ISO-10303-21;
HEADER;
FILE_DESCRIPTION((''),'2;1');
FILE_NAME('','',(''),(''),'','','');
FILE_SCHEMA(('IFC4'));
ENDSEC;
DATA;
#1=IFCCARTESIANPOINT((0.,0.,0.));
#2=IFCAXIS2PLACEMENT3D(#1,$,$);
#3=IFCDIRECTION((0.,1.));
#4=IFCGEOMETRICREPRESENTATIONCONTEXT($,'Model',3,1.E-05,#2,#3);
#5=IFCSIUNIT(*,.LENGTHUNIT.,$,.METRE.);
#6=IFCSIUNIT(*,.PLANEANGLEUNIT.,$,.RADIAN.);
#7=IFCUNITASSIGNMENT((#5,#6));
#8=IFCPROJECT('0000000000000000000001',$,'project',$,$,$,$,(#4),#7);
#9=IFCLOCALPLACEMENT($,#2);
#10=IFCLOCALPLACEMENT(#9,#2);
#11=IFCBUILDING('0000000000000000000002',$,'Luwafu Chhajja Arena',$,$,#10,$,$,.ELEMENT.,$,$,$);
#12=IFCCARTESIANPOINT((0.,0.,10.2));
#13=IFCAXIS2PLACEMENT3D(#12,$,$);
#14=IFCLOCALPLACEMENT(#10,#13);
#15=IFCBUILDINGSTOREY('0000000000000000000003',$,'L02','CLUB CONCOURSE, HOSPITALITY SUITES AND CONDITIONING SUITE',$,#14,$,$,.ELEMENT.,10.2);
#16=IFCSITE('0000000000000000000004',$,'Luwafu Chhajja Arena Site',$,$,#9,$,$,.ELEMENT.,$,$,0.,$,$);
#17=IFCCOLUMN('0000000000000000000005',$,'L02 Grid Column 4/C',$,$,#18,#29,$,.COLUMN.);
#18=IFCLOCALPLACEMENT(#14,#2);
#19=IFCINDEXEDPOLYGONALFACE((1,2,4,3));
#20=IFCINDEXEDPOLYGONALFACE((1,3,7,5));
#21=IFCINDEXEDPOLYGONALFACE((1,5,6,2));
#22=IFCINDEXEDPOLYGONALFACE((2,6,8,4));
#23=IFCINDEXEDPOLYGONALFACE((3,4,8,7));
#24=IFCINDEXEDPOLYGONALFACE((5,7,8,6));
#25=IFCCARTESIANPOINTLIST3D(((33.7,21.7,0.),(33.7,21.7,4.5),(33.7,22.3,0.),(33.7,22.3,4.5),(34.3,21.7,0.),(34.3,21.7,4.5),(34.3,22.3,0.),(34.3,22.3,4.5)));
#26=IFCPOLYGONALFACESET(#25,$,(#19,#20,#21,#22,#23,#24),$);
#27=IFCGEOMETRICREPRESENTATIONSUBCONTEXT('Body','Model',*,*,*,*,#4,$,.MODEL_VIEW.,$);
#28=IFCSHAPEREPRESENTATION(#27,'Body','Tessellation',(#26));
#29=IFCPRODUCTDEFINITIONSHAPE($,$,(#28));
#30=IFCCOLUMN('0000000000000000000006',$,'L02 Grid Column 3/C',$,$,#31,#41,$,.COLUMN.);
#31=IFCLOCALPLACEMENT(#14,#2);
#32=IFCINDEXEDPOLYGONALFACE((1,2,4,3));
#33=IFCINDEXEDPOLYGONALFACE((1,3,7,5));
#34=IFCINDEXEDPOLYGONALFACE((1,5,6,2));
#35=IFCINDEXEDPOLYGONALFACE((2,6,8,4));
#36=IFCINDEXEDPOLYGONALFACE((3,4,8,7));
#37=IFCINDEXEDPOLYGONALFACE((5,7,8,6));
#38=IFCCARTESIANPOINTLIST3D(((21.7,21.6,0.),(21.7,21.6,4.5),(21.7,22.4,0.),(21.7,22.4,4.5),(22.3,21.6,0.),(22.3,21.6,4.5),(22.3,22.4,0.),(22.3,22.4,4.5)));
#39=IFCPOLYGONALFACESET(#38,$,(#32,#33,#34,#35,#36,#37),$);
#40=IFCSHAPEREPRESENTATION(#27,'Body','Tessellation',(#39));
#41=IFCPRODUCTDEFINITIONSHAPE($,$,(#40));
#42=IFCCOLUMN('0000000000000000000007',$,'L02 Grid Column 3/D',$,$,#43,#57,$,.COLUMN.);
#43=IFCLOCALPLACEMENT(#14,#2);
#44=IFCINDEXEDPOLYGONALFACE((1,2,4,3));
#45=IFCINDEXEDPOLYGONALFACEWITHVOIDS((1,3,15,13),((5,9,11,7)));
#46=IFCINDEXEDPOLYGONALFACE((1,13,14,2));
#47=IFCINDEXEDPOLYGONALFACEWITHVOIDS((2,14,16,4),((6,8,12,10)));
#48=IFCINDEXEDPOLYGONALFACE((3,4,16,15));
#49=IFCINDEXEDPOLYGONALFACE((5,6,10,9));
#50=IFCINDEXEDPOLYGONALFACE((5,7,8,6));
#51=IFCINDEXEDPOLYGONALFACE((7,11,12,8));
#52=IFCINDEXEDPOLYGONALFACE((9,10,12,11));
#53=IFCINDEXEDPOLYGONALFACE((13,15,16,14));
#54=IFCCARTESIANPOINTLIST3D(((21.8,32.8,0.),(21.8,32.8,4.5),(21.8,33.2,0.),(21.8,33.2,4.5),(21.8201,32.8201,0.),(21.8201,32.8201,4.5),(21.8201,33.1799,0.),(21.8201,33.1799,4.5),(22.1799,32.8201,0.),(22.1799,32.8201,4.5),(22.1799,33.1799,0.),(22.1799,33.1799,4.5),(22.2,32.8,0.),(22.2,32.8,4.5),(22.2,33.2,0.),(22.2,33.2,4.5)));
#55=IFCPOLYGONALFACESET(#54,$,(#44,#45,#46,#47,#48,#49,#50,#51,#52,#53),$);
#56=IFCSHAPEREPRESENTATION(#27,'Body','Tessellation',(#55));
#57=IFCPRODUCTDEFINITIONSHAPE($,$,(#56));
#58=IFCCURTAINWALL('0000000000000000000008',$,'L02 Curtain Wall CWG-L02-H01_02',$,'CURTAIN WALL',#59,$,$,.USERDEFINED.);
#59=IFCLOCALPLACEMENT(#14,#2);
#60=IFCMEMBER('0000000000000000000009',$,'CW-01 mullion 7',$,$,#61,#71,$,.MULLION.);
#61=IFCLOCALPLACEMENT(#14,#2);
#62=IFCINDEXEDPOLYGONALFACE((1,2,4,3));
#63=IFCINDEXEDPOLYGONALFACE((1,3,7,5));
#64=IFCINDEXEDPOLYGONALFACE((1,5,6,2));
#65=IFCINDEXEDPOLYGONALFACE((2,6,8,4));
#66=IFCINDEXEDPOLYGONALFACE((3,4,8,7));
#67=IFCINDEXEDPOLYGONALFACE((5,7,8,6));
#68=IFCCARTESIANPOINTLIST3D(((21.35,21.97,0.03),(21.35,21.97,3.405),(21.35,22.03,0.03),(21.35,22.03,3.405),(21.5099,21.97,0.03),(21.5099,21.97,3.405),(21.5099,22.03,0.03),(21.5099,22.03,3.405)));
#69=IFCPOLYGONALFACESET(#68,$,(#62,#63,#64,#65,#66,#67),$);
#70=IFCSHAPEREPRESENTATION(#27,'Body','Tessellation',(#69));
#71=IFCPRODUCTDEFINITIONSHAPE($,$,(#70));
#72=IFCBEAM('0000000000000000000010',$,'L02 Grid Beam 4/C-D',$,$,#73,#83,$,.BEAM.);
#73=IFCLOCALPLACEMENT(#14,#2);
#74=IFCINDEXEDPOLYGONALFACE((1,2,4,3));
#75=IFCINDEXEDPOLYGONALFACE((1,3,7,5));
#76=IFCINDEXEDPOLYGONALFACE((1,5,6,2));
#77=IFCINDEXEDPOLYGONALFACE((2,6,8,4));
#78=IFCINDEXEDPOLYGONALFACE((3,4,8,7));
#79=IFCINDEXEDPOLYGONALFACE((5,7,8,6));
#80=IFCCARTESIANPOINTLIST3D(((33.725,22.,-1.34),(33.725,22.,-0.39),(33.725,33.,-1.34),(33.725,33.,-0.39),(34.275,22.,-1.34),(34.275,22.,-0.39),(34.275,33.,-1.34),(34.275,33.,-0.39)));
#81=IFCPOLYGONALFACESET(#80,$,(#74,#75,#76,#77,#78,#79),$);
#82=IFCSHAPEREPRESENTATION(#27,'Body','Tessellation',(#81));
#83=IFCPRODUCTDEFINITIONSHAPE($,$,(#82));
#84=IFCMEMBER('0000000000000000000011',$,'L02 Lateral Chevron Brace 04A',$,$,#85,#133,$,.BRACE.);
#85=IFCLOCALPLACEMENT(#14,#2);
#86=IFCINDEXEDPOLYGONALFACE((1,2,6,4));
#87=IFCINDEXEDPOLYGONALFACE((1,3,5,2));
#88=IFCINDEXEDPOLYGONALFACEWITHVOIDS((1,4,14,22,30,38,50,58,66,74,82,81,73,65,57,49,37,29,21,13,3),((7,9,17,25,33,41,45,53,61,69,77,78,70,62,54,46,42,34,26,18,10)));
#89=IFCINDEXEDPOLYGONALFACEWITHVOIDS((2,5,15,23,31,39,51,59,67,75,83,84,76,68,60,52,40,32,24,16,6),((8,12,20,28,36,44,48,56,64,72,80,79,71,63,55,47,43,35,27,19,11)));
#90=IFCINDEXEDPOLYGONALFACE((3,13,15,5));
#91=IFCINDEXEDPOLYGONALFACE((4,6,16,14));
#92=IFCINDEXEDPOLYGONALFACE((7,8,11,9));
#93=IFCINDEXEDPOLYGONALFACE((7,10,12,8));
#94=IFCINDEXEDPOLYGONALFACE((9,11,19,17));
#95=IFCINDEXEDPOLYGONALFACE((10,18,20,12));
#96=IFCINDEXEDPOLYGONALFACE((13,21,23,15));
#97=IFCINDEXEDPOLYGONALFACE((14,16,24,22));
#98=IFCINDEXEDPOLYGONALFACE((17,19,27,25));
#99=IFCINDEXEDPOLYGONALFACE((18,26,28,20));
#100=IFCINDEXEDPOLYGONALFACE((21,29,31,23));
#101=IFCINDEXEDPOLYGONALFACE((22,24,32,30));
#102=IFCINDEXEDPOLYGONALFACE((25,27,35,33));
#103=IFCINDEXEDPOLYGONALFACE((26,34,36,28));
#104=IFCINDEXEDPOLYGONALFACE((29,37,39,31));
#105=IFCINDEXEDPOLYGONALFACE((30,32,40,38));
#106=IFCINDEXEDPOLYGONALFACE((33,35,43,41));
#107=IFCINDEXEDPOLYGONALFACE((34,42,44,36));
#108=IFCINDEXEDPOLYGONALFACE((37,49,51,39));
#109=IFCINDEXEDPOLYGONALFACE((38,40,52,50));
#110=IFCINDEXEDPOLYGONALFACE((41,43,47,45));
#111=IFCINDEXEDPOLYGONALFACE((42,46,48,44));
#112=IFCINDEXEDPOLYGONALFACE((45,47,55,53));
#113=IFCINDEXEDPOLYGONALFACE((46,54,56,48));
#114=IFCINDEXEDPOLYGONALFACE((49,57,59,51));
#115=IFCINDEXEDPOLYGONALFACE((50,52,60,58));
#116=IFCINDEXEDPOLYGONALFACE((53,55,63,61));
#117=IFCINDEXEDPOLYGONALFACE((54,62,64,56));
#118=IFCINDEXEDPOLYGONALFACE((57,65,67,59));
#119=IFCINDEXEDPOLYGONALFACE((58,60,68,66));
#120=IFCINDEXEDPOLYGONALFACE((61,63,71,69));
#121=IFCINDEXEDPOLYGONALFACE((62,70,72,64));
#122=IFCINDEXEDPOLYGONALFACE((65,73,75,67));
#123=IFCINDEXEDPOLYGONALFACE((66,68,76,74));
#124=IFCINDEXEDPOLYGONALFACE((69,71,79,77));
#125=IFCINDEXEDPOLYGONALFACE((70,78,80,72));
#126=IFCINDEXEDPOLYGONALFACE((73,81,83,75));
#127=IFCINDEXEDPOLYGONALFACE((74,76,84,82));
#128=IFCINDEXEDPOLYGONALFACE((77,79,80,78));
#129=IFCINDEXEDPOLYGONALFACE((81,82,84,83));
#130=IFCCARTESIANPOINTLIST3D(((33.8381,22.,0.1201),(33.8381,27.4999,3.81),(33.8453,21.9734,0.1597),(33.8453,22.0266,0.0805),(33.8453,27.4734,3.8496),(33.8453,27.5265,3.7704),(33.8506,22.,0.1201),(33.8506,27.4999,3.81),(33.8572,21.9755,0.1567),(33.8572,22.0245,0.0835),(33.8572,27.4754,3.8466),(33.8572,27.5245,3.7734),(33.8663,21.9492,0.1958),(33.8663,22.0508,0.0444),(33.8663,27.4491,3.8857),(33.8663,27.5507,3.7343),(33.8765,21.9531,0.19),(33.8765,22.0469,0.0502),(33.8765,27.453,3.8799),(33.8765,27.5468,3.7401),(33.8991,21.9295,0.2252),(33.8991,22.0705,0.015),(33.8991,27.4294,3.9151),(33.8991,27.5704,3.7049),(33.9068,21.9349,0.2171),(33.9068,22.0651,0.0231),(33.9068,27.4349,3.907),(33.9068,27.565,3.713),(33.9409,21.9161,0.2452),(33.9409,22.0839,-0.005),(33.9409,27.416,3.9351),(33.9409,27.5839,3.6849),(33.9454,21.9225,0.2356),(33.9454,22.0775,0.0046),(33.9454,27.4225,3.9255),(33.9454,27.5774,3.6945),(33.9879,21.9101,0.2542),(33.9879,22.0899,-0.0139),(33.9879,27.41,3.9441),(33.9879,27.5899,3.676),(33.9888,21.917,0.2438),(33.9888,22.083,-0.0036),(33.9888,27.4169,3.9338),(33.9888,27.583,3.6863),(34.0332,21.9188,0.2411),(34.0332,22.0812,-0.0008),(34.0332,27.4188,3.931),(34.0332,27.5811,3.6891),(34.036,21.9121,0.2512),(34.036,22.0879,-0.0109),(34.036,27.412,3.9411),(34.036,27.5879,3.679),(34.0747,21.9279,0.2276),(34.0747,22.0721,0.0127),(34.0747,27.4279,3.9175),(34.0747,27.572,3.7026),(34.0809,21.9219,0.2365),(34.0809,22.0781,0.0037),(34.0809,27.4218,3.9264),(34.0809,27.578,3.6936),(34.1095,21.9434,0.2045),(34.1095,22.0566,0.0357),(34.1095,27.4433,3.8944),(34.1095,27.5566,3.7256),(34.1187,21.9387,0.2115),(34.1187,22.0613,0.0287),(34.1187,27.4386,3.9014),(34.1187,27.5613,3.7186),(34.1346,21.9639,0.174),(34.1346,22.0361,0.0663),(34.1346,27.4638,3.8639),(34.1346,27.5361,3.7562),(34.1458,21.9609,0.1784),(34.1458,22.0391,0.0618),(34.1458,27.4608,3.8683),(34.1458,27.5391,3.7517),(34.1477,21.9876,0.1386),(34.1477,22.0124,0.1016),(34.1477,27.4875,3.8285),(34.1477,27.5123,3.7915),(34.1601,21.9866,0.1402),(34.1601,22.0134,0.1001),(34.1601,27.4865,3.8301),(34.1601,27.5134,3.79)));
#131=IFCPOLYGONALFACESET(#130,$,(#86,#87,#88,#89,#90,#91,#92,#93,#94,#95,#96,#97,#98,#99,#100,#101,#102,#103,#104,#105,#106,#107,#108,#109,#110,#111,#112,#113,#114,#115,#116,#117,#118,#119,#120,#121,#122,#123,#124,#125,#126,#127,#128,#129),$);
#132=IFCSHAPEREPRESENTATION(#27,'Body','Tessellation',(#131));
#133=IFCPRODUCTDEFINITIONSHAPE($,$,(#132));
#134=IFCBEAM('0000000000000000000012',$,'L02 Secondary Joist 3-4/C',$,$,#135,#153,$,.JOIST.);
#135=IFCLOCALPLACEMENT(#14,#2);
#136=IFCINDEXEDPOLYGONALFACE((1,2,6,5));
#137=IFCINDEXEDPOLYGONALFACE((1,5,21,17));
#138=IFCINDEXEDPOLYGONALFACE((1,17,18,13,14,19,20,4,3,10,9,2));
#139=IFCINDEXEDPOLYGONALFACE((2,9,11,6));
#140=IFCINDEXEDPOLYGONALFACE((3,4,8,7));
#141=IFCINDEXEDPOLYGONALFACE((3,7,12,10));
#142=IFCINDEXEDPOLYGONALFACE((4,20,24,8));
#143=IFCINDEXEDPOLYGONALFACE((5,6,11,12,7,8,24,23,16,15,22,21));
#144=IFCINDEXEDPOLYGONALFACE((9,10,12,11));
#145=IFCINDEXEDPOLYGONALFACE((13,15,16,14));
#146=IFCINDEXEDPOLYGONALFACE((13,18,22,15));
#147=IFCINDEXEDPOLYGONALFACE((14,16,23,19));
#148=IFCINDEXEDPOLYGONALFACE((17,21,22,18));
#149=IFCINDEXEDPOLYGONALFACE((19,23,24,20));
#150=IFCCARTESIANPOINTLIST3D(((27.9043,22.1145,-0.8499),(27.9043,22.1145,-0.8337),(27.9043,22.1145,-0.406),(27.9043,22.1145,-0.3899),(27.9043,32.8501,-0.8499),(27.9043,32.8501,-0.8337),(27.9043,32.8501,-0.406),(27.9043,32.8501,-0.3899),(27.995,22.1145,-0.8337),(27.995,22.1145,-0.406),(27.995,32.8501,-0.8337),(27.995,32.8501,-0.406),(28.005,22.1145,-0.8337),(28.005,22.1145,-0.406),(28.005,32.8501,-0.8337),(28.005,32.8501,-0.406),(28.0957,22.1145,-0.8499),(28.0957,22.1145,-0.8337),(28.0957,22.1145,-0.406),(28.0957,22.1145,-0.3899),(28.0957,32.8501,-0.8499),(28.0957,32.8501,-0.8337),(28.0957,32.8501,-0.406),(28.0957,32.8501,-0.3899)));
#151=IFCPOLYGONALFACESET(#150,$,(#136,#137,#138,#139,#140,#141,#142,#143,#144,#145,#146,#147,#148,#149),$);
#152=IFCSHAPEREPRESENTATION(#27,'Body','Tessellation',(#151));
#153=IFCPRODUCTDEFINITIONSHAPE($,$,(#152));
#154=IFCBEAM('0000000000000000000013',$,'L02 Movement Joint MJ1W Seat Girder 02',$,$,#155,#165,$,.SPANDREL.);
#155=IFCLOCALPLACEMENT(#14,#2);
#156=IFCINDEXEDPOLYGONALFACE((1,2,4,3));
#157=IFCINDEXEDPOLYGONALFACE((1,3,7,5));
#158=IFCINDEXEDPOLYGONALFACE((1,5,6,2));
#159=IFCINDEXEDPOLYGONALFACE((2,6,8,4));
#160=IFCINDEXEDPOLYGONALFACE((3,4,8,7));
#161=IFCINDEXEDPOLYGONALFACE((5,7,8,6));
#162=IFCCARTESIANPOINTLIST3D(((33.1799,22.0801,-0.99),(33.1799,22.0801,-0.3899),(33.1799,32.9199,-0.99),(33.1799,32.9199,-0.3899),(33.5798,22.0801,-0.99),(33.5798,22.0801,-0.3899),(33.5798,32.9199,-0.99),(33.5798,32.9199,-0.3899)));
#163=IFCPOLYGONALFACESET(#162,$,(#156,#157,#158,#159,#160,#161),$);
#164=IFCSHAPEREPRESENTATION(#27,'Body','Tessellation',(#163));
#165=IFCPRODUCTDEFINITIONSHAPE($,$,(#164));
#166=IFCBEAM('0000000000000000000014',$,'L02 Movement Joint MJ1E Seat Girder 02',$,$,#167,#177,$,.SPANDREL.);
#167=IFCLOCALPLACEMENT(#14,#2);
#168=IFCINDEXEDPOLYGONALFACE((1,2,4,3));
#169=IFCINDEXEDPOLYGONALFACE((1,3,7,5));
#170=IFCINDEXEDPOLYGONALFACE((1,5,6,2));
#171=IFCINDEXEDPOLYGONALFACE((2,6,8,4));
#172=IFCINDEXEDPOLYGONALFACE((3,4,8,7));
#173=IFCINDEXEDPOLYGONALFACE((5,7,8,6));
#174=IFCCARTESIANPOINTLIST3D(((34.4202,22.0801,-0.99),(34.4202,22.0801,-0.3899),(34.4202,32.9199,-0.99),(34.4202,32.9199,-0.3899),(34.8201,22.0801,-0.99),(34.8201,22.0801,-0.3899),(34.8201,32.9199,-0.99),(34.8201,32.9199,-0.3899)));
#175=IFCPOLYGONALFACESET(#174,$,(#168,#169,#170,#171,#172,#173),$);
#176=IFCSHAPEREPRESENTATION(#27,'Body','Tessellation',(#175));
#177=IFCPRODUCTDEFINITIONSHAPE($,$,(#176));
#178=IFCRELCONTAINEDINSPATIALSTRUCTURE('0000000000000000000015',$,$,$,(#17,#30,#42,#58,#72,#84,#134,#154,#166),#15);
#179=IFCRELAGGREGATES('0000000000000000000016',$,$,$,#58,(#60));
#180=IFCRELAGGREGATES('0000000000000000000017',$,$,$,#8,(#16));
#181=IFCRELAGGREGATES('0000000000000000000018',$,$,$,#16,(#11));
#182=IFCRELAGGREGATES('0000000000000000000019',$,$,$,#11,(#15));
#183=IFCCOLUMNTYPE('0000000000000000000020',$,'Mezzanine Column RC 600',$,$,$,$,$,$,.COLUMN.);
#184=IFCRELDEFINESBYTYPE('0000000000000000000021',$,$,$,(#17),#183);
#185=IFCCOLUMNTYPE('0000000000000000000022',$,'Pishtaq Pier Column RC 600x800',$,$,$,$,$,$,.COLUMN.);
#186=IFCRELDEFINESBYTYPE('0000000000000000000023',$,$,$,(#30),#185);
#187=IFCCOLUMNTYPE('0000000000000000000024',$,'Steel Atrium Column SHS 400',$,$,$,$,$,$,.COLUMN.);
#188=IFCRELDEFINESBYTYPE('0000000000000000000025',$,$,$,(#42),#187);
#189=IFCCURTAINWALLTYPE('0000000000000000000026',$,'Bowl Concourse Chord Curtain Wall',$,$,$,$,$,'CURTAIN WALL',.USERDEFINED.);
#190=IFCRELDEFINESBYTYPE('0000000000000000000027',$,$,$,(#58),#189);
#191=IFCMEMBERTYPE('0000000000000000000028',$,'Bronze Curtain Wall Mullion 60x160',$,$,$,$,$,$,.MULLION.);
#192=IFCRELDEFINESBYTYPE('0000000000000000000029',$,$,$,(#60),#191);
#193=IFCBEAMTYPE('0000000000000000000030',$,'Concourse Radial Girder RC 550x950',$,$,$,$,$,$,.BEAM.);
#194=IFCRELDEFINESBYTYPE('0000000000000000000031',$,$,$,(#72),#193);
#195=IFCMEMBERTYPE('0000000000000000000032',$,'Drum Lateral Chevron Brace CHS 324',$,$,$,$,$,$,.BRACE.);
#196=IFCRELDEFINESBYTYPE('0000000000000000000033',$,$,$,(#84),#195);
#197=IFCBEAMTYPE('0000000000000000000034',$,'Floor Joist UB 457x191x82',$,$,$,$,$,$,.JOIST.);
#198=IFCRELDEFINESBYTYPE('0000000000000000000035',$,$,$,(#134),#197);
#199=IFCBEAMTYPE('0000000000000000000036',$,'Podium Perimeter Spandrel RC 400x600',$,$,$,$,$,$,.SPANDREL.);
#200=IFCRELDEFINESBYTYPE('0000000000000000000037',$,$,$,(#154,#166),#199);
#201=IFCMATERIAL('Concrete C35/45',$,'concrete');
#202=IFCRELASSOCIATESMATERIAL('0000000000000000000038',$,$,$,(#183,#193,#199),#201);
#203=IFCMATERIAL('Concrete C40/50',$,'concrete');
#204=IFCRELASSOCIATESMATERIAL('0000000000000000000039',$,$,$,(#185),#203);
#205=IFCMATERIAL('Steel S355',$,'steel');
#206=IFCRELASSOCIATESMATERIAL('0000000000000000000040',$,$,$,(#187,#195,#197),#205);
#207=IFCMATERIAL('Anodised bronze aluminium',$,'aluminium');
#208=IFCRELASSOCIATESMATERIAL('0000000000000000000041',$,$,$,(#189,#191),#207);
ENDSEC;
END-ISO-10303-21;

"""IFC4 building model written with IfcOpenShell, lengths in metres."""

from ifc_helpers import new_model, si_unit, direction, frame, origin, origin_2d, place, context, subcontext, project, spatial, rectangle, hollow_rectangle, hollow_circle, i_section, extrude, material, material_profile, profile_set, type_object, element, aggregate, save


model = new_model("IFC4")

# Units and contexts
model_context = context("Model", 3, precision=1e-05, world=origin(), true_north=direction((0.0, 1.0)))
body_context = subcontext(model_context, "Body", "Model", "MODEL_VIEW")
ifc_project = project(units=[si_unit("LENGTHUNIT", "METRE"), si_unit("PLANEANGLEUNIT", "RADIAN")], contexts=[model_context])

# Site, building, storey
site_placement = place(None, origin())
site = spatial("IfcSite", under=ifc_project, at=site_placement, Name="Luwafu Chhajja Arena Site", CompositionType="ELEMENT", RefElevation=0.0)
building_placement = place(site_placement, origin())
building = spatial("IfcBuilding", under=site, at=building_placement, Name="Luwafu Chhajja Arena", CompositionType="ELEMENT")
storey_placement = place(building_placement, frame((0.0, 0.0, 10.2)))
storey = spatial("IfcBuildingStorey", under=building, at=storey_placement, Name="L02", Description="CLUB CONCOURSE, HOSPITALITY SUITES AND CONDITIONING SUITE", CompositionType="ELEMENT", Elevation=10.2)

# Columns
ifc_material_1 = material(Name="Concrete C35/45", Category="concrete")
ifc_material_profile_1 = material_profile(ifc_material_1, rectangle(XDim=0.6001, YDim=0.6001, at=origin_2d()), Name="RC 600x600")
ifc_profile_set_1 = profile_set([ifc_material_profile_1], Name="Concrete C35/45")
column_type_1 = type_object("IfcColumnType", Name="Mezzanine Column RC 600", PredefinedType="COLUMN", material=ifc_profile_set_1)
column_1_placement = place(storey_placement, frame((34.0, 22.0, 0.0), z_axis=(0.0, 0.0, 1.0), x_axis=(1.0, 0.0, 0.0)))
element("IfcColumn", 1, at=column_1_placement, inside=storey, type_object=column_type_1, Name="L02 Grid Column 4/C", PredefinedType="COLUMN", context=body_context, shape_type="SweptSolid", body=[
    extrude(rectangle(XDim=0.6001, YDim=0.6001, at=origin_2d()), origin(), (0.0, 0.0, 1.0), 4.5),
])
ifc_material_2 = material(Name="Concrete C40/50", Category="concrete")
ifc_material_profile_2 = material_profile(ifc_material_2, rectangle(XDim=0.6001, YDim=0.8, at=origin_2d()), Name="RC 600x800")
ifc_profile_set_2 = profile_set([ifc_material_profile_2], Name="Concrete C40/50")
column_type_2 = type_object("IfcColumnType", Name="Pishtaq Pier Column RC 600x800", PredefinedType="COLUMN", material=ifc_profile_set_2)
column_2_placement = place(storey_placement, frame((22.0, 22.0, 0.0), z_axis=(0.0, 0.0, 1.0), x_axis=(1.0, 0.0, 0.0)))
element("IfcColumn", 2, at=column_2_placement, inside=storey, type_object=column_type_2, Name="L02 Grid Column 3/C", PredefinedType="COLUMN", context=body_context, shape_type="SweptSolid", body=[
    extrude(rectangle(XDim=0.6001, YDim=0.8, at=origin_2d()), origin(), (0.0, 0.0, 1.0), 4.5),
])
ifc_material_3 = material(Name="Steel S355", Category="steel")
ifc_material_profile_3 = material_profile(ifc_material_3, hollow_rectangle(XDim=0.3999, YDim=0.3999, WallThickness=0.02, at=origin_2d()), Name="SHS 400x400x20")
ifc_profile_set_3 = profile_set([ifc_material_profile_3], Name="Steel S355")
column_type_3 = type_object("IfcColumnType", Name="Steel Atrium Column SHS 400", PredefinedType="COLUMN", material=ifc_profile_set_3)
column_3_placement = place(storey_placement, frame((22.0, 33.0, 0.0), z_axis=(0.0, 0.0, 1.0), x_axis=(1.0, 0.0, 0.0)))
element("IfcColumn", 3, at=column_3_placement, inside=storey, type_object=column_type_3, Name="L02 Grid Column 3/D", PredefinedType="COLUMN", context=body_context, shape_type="SweptSolid", body=[
    extrude(hollow_rectangle(XDim=0.3999, YDim=0.3999, WallThickness=0.02, at=origin_2d()), origin(), (0.0, 0.0, 1.0), 4.5),
])

# Curtain wall, member
ifc_material_4 = material(Name="Anodised bronze aluminium", Category="aluminium")
curtain_wall_type = type_object("IfcCurtainWallType", Name="Bowl Concourse Chord Curtain Wall", ElementType="CURTAIN WALL", PredefinedType="USERDEFINED", material=ifc_material_4)
curtain_wall_placement = place(storey_placement, origin())
curtain_wall = element("IfcCurtainWall", 4, at=curtain_wall_placement, inside=storey, type_object=curtain_wall_type, Name="L02 Curtain Wall CWG-L02-H01_02", ObjectType="CURTAIN WALL", PredefinedType="USERDEFINED")
ifc_material_profile_4 = material_profile(ifc_material_4, rectangle(XDim=0.0601, YDim=0.1599, at=origin_2d()), Name="CWM 60x160")
ifc_profile_set_4 = profile_set([ifc_material_profile_4], Name="Anodised bronze aluminium")
member_type_1 = type_object("IfcMemberType", Name="Bronze Curtain Wall Mullion 60x160", PredefinedType="MULLION", material=ifc_profile_set_4)
member_1_placement = place(storey_placement, frame((21.4299, 22.0, 0.03), z_axis=(0.0, 0.0, 1.0), x_axis=(0.0, 1.0, 0.0)))
member_1 = element("IfcMember", 5, at=member_1_placement, type_object=member_type_1, Name="CW-01 mullion 7", PredefinedType="MULLION", context=body_context, shape_type="SweptSolid", body=[
    extrude(rectangle(XDim=0.0601, YDim=0.1599, at=origin_2d()), origin(), (0.0, 0.0, 1.0), 3.375),
])
aggregate(curtain_wall, [member_1])

# Beam
ifc_material_profile_5 = material_profile(ifc_material_1, rectangle(XDim=0.55, YDim=0.95, at=origin_2d()), Name="RC 550x950")
ifc_profile_set_5 = profile_set([ifc_material_profile_5], Name="Concrete C35/45")
beam_type_1 = type_object("IfcBeamType", Name="Concourse Radial Girder RC 550x950", PredefinedType="BEAM", material=ifc_profile_set_5)
beam_1_placement = place(storey_placement, frame((34.0, 22.0, -0.865), z_axis=(0.0, 1.0, 0.0), x_axis=(-1.0, 0.0, 0.0)))
element("IfcBeam", 6, at=beam_1_placement, inside=storey, type_object=beam_type_1, Name="L02 Grid Beam 4/C-D", PredefinedType="BEAM", context=body_context, shape_type="SweptSolid", body=[
    extrude(rectangle(XDim=0.55, YDim=0.95, at=origin_2d()), origin(), (0.0, 0.0, 1.0), 11.0),
])

# Member
ifc_material_profile_6 = material_profile(ifc_material_3, hollow_circle(Radius=0.1619, WallThickness=0.0125, at=origin_2d()), Name="CHS 323.9x12.5")
ifc_profile_set_6 = profile_set([ifc_material_profile_6], Name="Steel S355")
member_type_2 = type_object("IfcMemberType", Name="Drum Lateral Chevron Brace CHS 324", PredefinedType="BRACE", material=ifc_profile_set_6)
member_2_placement = place(storey_placement, frame((34.0, 22.0, 0.1201), z_axis=(0.0, 0.830425, 0.557131), x_axis=(-1.0, 0.0, 0.0)))
element("IfcMember", 7, at=member_2_placement, inside=storey, type_object=member_type_2, Name="L02 Lateral Chevron Brace 04A", PredefinedType="BRACE", context=body_context, shape_type="SweptSolid", body=[
    extrude(hollow_circle(Radius=0.1619, WallThickness=0.0125, at=origin_2d()), origin(), (0.0, 0.0, 1.0), 6.623),
])

# Beams
ifc_material_profile_7 = material_profile(ifc_material_3, i_section(OverallWidth=0.1914, OverallDepth=0.46, WebThickness=0.01, FlangeThickness=0.0161, at=origin_2d()), Name="UB 457x191x82")
ifc_profile_set_7 = profile_set([ifc_material_profile_7], Name="Steel S355")
beam_type_2 = type_object("IfcBeamType", Name="Floor Joist UB 457x191x82", PredefinedType="JOIST", material=ifc_profile_set_7)
beam_2_placement = place(storey_placement, frame((28.0, 22.1145, -0.6199), z_axis=(0.0, 1.0, 0.0), x_axis=(-1.0, 0.0, 0.0)))
element("IfcBeam", 8, at=beam_2_placement, inside=storey, type_object=beam_type_2, Name="L02 Secondary Joist 3-4/C", PredefinedType="JOIST", context=body_context, shape_type="SweptSolid", body=[
    extrude(i_section(OverallWidth=0.1914, OverallDepth=0.46, WebThickness=0.01, FlangeThickness=0.0161, at=origin_2d()), origin(), (0.0, 0.0, 1.0), 10.7356),
])
ifc_material_profile_8 = material_profile(ifc_material_1, rectangle(XDim=0.3999, YDim=0.6001, at=origin_2d()), Name="RC 400x600")
ifc_profile_set_8 = profile_set([ifc_material_profile_8], Name="Concrete C35/45")
beam_type_3 = type_object("IfcBeamType", Name="Podium Perimeter Spandrel RC 400x600", PredefinedType="SPANDREL", material=ifc_profile_set_8)
for number, where, z_axis, x_axis, name in (
    (9, (33.3799, 22.0801, -0.6899), (0.0, 1.0, 0.0), (-1.0, 0.0, 0.0), "L02 Movement Joint MJ1W Seat Girder 02"),
    (10, (34.6201, 22.0801, -0.6899), (0.0, 1.0, 0.0), (-1.0, 0.0, 0.0), "L02 Movement Joint MJ1E Seat Girder 02"),
):
    element("IfcBeam", number, at=place(storey_placement, frame(where, z_axis=z_axis, x_axis=x_axis)), inside=storey, type_object=beam_type_3, Name=name, PredefinedType="SPANDREL", context=body_context, shape_type="SweptSolid", body=[
        extrude(rectangle(XDim=0.3999, YDim=0.6001, at=origin_2d()), origin(), (0.0, 0.0, 1.0), 10.8398),
    ])

save(model, "model.ifc")
